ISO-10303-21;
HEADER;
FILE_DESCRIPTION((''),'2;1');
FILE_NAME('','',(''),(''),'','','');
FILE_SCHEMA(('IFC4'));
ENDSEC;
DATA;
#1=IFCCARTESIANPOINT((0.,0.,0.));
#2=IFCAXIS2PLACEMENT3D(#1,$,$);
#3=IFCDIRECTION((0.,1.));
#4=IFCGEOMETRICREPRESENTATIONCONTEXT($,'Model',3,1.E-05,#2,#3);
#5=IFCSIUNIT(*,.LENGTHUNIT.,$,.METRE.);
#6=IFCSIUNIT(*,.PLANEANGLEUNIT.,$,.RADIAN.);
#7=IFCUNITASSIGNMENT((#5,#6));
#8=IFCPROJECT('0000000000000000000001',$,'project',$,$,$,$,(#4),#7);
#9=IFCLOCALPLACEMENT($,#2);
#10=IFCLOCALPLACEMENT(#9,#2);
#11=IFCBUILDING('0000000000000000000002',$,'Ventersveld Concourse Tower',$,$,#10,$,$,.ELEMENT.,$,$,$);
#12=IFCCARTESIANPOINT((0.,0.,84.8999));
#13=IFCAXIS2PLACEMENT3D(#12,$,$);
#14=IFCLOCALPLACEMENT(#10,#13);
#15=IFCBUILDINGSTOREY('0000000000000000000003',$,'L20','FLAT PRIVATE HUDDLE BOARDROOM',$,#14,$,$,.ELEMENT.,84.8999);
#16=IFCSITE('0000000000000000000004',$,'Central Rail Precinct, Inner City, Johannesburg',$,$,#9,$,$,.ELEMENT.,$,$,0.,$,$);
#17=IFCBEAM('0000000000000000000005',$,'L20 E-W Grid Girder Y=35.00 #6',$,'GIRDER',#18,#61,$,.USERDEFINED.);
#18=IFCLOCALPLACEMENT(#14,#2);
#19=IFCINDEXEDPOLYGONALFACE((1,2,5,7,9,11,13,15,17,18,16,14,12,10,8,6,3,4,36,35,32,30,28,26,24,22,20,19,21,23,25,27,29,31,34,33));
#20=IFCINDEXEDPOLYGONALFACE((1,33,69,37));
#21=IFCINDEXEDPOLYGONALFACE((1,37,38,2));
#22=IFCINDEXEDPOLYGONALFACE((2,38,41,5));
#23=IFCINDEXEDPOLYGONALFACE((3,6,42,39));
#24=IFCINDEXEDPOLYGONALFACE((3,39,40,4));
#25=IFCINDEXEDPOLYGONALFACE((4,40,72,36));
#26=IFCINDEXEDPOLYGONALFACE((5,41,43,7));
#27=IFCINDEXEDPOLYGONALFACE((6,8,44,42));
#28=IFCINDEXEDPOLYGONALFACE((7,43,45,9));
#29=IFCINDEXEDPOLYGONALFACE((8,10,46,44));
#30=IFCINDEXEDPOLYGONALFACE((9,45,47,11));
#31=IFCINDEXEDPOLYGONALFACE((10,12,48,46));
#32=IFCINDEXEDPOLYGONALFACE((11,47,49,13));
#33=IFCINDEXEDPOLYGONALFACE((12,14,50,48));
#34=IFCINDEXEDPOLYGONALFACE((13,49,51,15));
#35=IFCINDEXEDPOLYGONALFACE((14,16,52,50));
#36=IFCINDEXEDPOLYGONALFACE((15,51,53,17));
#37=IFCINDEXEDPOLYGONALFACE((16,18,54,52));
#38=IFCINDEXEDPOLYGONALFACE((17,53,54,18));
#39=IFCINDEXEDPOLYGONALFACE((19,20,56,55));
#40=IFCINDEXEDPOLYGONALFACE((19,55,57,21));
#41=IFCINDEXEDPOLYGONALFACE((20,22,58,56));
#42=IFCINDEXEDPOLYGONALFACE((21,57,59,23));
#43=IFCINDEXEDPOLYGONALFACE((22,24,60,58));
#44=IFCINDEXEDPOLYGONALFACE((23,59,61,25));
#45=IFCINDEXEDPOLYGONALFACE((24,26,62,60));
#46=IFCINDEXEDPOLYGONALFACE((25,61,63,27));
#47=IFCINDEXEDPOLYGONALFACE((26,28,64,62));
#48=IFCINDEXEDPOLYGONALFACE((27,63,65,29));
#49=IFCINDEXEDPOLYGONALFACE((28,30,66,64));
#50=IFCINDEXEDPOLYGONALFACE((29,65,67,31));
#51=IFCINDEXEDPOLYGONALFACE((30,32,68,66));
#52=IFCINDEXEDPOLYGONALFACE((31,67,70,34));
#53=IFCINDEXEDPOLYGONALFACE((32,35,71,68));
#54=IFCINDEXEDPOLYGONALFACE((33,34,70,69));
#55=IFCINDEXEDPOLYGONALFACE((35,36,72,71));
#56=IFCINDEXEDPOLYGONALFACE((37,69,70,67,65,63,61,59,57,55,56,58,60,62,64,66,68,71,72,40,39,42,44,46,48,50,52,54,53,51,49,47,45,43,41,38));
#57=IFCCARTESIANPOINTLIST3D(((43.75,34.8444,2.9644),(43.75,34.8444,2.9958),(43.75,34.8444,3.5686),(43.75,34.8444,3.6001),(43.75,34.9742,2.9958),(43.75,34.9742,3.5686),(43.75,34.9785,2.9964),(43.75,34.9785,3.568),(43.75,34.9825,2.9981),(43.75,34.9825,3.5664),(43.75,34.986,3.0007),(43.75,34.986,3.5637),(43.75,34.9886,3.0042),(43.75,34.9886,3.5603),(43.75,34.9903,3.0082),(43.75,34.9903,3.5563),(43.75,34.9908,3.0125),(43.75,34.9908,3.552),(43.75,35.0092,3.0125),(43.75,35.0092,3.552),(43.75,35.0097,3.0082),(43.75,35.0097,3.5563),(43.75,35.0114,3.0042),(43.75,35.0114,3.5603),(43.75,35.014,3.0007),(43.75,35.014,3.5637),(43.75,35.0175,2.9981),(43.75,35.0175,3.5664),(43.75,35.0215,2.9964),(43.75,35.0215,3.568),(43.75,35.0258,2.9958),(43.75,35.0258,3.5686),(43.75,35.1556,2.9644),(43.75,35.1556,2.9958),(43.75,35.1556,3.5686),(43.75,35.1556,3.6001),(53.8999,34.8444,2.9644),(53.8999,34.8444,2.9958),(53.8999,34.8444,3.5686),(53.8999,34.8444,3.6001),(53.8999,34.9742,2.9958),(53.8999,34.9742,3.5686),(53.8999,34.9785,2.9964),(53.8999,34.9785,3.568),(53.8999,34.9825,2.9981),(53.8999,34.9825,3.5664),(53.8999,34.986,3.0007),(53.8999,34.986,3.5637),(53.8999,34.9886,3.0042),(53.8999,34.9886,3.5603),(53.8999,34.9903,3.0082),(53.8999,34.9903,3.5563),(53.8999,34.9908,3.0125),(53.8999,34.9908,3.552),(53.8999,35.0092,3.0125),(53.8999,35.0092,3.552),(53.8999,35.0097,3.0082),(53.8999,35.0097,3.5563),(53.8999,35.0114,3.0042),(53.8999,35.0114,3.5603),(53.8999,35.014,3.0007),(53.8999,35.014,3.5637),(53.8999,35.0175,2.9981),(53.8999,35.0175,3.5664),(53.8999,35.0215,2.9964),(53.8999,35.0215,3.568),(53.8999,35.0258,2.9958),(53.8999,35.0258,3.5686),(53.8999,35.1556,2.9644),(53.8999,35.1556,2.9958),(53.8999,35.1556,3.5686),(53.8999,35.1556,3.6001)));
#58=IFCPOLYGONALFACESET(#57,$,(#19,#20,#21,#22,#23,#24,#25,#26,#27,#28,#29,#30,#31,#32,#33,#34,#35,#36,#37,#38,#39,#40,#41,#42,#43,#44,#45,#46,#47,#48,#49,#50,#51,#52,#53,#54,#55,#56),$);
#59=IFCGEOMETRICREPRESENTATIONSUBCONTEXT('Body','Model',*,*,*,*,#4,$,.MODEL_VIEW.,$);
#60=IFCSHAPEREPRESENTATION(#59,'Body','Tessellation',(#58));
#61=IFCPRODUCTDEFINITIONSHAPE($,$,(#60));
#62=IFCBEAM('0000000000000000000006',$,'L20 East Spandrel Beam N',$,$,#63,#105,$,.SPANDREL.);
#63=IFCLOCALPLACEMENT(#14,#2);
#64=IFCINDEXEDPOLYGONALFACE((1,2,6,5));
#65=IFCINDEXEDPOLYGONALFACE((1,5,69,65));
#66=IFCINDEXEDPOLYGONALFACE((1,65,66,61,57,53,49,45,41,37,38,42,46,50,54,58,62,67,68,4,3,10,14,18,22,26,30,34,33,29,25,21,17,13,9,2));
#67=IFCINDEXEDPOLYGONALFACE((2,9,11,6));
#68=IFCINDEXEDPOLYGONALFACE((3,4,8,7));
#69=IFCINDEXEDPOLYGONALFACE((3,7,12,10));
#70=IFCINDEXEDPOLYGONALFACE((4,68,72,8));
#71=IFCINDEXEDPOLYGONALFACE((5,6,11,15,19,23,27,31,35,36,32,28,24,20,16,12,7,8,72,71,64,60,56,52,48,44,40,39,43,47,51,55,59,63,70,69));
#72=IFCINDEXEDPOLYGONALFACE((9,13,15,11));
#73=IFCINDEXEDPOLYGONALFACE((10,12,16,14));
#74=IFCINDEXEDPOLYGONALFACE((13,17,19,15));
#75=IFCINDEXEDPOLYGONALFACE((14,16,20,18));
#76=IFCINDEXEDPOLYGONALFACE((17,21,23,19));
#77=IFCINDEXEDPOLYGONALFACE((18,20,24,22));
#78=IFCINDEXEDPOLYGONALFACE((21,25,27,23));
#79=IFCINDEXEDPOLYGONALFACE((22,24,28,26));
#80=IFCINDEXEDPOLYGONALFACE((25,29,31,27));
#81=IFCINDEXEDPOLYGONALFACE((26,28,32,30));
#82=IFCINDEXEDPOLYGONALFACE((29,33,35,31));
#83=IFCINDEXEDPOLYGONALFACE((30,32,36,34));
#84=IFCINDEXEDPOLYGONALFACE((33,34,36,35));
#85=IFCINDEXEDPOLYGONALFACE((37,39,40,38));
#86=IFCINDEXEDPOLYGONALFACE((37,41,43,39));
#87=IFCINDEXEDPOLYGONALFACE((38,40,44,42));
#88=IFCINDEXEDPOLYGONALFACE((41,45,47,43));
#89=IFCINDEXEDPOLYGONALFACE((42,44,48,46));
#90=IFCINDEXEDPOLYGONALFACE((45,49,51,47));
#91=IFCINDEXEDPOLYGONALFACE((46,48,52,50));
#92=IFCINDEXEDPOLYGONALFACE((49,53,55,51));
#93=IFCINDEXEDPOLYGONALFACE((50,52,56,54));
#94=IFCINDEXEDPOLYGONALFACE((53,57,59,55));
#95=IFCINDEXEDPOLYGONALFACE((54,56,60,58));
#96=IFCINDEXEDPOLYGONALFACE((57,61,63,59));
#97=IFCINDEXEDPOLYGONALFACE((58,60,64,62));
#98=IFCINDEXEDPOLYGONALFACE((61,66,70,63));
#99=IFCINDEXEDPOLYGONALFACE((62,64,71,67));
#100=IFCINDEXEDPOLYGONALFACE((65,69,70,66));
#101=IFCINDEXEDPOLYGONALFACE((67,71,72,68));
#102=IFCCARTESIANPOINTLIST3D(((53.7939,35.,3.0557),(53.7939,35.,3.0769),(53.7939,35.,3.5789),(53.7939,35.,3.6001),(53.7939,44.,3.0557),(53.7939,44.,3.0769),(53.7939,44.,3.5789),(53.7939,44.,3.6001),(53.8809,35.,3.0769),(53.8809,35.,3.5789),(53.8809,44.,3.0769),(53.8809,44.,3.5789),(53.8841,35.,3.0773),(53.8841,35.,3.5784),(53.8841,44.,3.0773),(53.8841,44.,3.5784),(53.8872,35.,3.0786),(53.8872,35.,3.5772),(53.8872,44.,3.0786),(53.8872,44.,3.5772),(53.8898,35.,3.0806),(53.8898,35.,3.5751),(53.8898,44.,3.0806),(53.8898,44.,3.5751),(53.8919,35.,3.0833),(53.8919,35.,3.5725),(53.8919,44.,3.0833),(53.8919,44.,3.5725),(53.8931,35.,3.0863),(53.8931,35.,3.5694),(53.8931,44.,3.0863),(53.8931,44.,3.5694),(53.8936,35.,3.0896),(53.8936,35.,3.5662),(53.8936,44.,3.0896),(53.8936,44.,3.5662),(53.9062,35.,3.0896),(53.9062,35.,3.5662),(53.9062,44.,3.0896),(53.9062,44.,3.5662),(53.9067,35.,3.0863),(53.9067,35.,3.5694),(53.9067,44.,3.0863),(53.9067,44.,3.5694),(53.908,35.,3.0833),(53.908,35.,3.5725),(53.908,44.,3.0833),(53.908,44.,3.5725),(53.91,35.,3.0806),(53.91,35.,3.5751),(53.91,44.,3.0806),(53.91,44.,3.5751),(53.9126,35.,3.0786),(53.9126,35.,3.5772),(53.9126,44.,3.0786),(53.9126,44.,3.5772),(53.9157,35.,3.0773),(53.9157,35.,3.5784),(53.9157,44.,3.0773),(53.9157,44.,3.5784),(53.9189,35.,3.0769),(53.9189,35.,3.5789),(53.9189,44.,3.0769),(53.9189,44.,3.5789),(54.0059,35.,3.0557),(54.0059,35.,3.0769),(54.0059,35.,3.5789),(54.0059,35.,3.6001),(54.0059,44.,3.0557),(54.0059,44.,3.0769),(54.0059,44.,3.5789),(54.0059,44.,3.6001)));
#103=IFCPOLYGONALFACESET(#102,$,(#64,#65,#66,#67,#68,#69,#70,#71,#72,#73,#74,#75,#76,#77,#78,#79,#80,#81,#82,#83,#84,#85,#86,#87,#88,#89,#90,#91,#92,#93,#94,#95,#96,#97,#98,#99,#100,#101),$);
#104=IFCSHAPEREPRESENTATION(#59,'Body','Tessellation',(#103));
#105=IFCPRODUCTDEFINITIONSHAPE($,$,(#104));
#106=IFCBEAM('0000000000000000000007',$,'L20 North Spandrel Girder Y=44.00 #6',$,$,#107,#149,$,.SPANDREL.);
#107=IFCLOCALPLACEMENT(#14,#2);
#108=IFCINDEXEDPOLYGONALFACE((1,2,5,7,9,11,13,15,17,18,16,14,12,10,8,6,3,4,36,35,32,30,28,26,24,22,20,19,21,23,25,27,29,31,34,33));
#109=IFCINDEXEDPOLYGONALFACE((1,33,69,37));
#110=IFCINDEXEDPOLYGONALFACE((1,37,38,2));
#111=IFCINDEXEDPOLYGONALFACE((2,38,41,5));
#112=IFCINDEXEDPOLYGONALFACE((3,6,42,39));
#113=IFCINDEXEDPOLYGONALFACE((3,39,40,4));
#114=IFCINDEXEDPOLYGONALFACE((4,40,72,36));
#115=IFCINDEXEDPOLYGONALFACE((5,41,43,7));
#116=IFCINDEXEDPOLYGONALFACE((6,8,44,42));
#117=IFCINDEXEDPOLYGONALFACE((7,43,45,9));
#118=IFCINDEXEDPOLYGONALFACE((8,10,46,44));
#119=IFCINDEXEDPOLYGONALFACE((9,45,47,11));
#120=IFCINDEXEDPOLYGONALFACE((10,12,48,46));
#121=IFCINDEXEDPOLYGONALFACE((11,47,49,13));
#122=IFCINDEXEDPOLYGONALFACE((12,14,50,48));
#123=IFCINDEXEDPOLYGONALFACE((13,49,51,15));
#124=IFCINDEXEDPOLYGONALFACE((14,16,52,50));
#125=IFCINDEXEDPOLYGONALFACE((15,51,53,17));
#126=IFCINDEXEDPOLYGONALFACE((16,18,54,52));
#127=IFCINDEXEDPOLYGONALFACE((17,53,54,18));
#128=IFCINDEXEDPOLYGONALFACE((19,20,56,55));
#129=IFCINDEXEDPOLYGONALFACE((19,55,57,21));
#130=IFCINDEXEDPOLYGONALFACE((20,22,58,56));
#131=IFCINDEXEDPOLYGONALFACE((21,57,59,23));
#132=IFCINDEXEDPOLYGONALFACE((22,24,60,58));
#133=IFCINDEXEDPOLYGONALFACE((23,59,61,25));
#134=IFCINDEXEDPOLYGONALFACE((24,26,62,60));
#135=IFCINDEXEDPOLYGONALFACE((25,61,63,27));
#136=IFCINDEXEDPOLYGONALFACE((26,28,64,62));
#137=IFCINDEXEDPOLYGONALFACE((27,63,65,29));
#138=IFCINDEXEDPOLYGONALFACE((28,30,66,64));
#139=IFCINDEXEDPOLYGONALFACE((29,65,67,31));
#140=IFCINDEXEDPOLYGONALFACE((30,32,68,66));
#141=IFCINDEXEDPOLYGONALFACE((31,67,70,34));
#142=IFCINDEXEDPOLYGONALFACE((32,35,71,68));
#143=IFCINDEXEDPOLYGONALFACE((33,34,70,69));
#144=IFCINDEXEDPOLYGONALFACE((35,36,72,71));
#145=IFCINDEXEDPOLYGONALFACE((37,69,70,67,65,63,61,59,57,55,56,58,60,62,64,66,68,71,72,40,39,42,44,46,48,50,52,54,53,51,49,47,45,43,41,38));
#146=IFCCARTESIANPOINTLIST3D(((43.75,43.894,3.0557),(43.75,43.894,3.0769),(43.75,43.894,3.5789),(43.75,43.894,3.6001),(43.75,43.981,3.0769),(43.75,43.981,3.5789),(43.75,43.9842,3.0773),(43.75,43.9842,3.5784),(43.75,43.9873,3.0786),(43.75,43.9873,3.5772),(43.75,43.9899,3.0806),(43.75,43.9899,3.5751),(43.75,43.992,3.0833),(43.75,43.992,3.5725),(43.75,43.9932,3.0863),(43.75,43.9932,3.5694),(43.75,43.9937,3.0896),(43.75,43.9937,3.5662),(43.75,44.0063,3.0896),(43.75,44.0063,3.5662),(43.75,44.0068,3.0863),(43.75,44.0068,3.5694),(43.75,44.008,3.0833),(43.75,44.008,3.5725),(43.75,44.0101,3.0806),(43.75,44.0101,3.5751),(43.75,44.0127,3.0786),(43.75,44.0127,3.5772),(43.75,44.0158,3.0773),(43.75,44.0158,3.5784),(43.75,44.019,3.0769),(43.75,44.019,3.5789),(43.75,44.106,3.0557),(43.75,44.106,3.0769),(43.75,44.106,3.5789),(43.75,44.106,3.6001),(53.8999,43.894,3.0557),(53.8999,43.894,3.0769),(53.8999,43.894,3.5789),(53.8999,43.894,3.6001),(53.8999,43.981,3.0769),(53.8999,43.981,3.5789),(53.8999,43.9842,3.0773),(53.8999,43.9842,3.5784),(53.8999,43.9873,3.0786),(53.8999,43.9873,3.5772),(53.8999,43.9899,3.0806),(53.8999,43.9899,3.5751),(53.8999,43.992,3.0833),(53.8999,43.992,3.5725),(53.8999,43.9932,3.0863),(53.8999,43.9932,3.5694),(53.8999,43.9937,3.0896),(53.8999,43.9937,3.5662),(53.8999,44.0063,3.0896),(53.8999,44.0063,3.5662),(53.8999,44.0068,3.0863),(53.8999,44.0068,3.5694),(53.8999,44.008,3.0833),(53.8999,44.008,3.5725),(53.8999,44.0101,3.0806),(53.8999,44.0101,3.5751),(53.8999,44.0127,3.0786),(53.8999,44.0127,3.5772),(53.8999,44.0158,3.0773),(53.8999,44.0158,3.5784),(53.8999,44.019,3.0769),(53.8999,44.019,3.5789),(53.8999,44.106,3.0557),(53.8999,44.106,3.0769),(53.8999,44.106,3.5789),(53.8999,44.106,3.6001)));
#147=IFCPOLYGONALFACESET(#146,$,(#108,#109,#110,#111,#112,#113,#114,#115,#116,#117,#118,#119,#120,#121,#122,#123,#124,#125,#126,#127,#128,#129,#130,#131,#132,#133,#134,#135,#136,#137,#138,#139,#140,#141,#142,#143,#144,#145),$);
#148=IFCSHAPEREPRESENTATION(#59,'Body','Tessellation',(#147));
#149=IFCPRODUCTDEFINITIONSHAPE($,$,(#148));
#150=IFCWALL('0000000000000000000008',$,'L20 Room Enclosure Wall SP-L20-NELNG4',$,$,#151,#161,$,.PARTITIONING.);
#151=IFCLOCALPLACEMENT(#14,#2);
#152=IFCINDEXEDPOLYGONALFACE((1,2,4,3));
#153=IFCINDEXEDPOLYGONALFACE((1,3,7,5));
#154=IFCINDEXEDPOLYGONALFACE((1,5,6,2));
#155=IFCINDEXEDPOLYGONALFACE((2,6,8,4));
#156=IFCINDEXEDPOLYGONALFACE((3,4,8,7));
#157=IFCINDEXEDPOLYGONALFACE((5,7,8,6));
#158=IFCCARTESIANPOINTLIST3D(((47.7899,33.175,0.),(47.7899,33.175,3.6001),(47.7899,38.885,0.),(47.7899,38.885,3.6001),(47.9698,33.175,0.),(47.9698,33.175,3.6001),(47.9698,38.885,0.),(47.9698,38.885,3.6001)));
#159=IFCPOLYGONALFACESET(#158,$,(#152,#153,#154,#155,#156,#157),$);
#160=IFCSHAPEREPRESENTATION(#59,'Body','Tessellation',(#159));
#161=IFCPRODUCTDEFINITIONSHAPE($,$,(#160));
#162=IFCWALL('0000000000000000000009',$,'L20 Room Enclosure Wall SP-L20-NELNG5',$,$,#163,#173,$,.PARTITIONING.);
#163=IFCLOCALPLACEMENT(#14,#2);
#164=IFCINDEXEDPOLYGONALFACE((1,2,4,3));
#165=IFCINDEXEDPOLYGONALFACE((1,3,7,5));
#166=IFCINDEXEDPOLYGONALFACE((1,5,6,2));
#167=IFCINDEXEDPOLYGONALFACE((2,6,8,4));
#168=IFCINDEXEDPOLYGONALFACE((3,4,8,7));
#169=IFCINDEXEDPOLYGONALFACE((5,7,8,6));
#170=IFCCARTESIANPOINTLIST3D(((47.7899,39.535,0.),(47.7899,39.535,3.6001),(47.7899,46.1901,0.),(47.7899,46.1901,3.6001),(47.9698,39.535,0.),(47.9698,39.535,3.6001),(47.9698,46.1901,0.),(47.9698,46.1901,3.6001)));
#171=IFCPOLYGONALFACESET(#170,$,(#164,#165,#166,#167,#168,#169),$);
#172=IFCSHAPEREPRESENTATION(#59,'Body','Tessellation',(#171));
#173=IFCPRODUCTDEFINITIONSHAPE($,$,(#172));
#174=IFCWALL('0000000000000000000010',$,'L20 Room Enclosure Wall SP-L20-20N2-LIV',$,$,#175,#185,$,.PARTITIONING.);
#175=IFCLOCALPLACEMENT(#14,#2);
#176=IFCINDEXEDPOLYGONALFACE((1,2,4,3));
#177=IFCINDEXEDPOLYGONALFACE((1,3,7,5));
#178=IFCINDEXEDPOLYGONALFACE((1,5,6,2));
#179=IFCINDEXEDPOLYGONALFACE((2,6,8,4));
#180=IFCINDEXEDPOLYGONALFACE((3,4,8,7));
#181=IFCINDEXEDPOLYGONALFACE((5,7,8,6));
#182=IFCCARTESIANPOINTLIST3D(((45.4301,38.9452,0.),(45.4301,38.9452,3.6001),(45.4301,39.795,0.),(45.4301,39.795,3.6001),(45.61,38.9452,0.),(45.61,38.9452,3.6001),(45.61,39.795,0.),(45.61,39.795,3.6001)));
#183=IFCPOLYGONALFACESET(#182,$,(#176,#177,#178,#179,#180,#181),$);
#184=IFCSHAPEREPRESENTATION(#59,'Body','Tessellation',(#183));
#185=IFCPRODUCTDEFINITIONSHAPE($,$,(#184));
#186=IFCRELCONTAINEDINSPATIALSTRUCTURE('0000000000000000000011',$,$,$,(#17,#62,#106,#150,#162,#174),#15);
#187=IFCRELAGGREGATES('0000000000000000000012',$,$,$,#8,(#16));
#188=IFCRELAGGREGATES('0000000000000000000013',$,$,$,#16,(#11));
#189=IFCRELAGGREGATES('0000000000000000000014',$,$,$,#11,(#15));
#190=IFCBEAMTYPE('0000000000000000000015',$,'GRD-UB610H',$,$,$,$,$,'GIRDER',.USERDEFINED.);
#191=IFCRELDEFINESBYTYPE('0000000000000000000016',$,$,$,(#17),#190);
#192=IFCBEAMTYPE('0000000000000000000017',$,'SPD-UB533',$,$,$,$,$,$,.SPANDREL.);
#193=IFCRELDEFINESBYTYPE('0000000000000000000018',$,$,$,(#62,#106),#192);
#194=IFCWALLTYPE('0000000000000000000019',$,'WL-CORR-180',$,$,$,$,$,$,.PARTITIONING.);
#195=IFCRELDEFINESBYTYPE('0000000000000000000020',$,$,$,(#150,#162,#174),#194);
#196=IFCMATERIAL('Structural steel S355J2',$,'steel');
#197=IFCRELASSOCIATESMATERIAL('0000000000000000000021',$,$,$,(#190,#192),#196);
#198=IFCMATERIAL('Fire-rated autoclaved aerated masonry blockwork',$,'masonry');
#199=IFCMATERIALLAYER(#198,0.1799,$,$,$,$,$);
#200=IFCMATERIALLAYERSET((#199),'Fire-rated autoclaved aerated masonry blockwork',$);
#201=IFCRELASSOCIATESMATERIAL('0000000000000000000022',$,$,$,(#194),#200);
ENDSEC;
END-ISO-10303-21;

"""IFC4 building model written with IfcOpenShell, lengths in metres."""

from ifc_helpers import new_model, si_unit, direction, frame, frame_2d, origin, origin_2d, place, context, subcontext, project, spatial, rectangle, i_section, extrude, material, layer, layer_set, material_profile, profile_set, type_object, element, save


model = new_model("IFC4")

# Units and contexts
model_context = context("Model", 3, precision=1e-05, world=origin(), true_north=direction((0.0, 1.0)))
body_context = subcontext(model_context, "Body", "Model", "MODEL_VIEW")
ifc_project = project(units=[si_unit("LENGTHUNIT", "METRE"), si_unit("PLANEANGLEUNIT", "RADIAN")], contexts=[model_context])

# Site, building, storey
site_placement = place(None, origin())
site = spatial("IfcSite", under=ifc_project, at=site_placement, Name="Central Rail Precinct, Inner City, Johannesburg", CompositionType="ELEMENT", RefElevation=0.0)
building_placement = place(site_placement, origin())
building = spatial("IfcBuilding", under=site, at=building_placement, Name="Ventersveld Concourse Tower", CompositionType="ELEMENT")
storey_placement = place(building_placement, frame((0.0, 0.0, 84.8999)))
storey = spatial("IfcBuildingStorey", under=building, at=storey_placement, Name="L20", Description="FLAT PRIVATE HUDDLE BOARDROOM", CompositionType="ELEMENT", Elevation=84.8999)

# Beams
ifc_material_1 = material(Name="Structural steel S355J2", Category="steel")
ifc_material_profile_1 = material_profile(ifc_material_1, i_section(OverallWidth=0.3113, OverallDepth=0.6357, WebThickness=0.0183, FlangeThickness=0.0315, FilletRadius=0.0166, at=origin_2d()), Name="UB 610x305x238")
ifc_profile_set_1 = profile_set([ifc_material_profile_1], Name="Structural steel S355J2")
beam_type_1 = type_object("IfcBeamType", Name="GRD-UB610H", ElementType="GIRDER", PredefinedType="USERDEFINED", material=ifc_profile_set_1)
beam_1_placement = place(storey_placement, frame((43.75, 35.0, 3.2822), z_axis=(1.0, 0.0, 0.0), x_axis=(0.0, 1.0, 0.0)))
element("IfcBeam", 1, at=beam_1_placement, inside=storey, type_object=beam_type_1, Name="L20 E-W Grid Girder Y=35.00 #6", ObjectType="GIRDER", PredefinedType="USERDEFINED", context=body_context, shape_type="SweptSolid", body=[
    extrude(i_section(OverallWidth=0.3113, OverallDepth=0.6357, WebThickness=0.0183, FlangeThickness=0.0315, FilletRadius=0.0166, at=origin_2d()), origin(), (0.0, 0.0, 1.0), 10.1499),
])
ifc_material_profile_2 = material_profile(ifc_material_1, i_section(OverallWidth=0.2119, OverallDepth=0.5444, WebThickness=0.0127, FlangeThickness=0.0212, FilletRadius=0.0127, at=origin_2d()), Name="UB 533x210x122")
ifc_profile_set_2 = profile_set([ifc_material_profile_2], Name="Structural steel S355J2")
beam_type_2 = type_object("IfcBeamType", Name="SPD-UB533", PredefinedType="SPANDREL", material=ifc_profile_set_2)
beam_2_placement = place(storey_placement, frame((53.8999, 35.0, 3.3279), z_axis=(0.0, 1.0, 0.0), x_axis=(-1.0, 0.0, 0.0)))
element("IfcBeam", 2, at=beam_2_placement, inside=storey, type_object=beam_type_2, Name="L20 East Spandrel Beam N", PredefinedType="SPANDREL", context=body_context, shape_type="SweptSolid", body=[
    extrude(i_section(OverallWidth=0.2119, OverallDepth=0.5444, WebThickness=0.0127, FlangeThickness=0.0212, FilletRadius=0.0127, at=origin_2d()), origin(), (0.0, 0.0, 1.0), 9.0),
])
beam_3_placement = place(storey_placement, frame((43.75, 44.0, 3.3279), z_axis=(1.0, 0.0, 0.0), x_axis=(0.0, 1.0, 0.0)))
element("IfcBeam", 3, at=beam_3_placement, inside=storey, type_object=beam_type_2, Name="L20 North Spandrel Girder Y=44.00 #6", PredefinedType="SPANDREL", context=body_context, shape_type="SweptSolid", body=[
    extrude(i_section(OverallWidth=0.2119, OverallDepth=0.5444, WebThickness=0.0127, FlangeThickness=0.0212, FilletRadius=0.0127, at=origin_2d()), origin(), (0.0, 0.0, 1.0), 10.1499),
])

# Walls
ifc_material_2 = material(Name="Fire-rated autoclaved aerated masonry blockwork", Category="masonry")
ifc_layer_1 = layer(ifc_material_2, 0.1799)
ifc_layer_set_1 = layer_set([ifc_layer_1], Name="Fire-rated autoclaved aerated masonry blockwork")
wall_type_1 = type_object("IfcWallType", Name="WL-CORR-180", PredefinedType="PARTITIONING", material=ifc_layer_set_1)
wall_1_placement = place(storey_placement, frame((47.8799, 33.175, 0.0), z_axis=(0.0, 0.0, 1.0), x_axis=(0.0, 1.0, 0.0)))
element("IfcWall", 4, at=wall_1_placement, inside=storey, type_object=wall_type_1, Name="L20 Room Enclosure Wall SP-L20-NELNG4", PredefinedType="PARTITIONING", context=body_context, shape_type="SweptSolid", body=[
    extrude(rectangle(XDim=5.71, YDim=0.1799, at=frame_2d((2.855, 0.0))), origin(), (0.0, 0.0, 1.0), 3.6001),
])
wall_2_placement = place(storey_placement, frame((47.8799, 39.5349, 0.0), z_axis=(0.0, 0.0, 1.0), x_axis=(0.0, 1.0, 0.0)))
element("IfcWall", 5, at=wall_2_placement, inside=storey, type_object=wall_type_1, Name="L20 Room Enclosure Wall SP-L20-NELNG5", PredefinedType="PARTITIONING", context=body_context, shape_type="SweptSolid", body=[
    extrude(rectangle(XDim=6.655, YDim=0.1799, at=frame_2d((3.3276, 0.0))), origin(), (0.0, 0.0, 1.0), 3.6001),
])
wall_3_placement = place(storey_placement, frame((45.52, 39.7949, 0.0), z_axis=(0.0, 0.0, 1.0), x_axis=(0.0, -1.0, 0.0)))
element("IfcWall", 6, at=wall_3_placement, inside=storey, type_object=wall_type_1, Name="L20 Room Enclosure Wall SP-L20-20N2-LIV", PredefinedType="PARTITIONING", context=body_context, shape_type="SweptSolid", body=[
    extrude(rectangle(XDim=0.8499, YDim=0.1799, at=frame_2d((0.4248, 0.0))), origin(), (0.0, 0.0, 1.0), 3.6001),
])

save(model, "model.ifc")
